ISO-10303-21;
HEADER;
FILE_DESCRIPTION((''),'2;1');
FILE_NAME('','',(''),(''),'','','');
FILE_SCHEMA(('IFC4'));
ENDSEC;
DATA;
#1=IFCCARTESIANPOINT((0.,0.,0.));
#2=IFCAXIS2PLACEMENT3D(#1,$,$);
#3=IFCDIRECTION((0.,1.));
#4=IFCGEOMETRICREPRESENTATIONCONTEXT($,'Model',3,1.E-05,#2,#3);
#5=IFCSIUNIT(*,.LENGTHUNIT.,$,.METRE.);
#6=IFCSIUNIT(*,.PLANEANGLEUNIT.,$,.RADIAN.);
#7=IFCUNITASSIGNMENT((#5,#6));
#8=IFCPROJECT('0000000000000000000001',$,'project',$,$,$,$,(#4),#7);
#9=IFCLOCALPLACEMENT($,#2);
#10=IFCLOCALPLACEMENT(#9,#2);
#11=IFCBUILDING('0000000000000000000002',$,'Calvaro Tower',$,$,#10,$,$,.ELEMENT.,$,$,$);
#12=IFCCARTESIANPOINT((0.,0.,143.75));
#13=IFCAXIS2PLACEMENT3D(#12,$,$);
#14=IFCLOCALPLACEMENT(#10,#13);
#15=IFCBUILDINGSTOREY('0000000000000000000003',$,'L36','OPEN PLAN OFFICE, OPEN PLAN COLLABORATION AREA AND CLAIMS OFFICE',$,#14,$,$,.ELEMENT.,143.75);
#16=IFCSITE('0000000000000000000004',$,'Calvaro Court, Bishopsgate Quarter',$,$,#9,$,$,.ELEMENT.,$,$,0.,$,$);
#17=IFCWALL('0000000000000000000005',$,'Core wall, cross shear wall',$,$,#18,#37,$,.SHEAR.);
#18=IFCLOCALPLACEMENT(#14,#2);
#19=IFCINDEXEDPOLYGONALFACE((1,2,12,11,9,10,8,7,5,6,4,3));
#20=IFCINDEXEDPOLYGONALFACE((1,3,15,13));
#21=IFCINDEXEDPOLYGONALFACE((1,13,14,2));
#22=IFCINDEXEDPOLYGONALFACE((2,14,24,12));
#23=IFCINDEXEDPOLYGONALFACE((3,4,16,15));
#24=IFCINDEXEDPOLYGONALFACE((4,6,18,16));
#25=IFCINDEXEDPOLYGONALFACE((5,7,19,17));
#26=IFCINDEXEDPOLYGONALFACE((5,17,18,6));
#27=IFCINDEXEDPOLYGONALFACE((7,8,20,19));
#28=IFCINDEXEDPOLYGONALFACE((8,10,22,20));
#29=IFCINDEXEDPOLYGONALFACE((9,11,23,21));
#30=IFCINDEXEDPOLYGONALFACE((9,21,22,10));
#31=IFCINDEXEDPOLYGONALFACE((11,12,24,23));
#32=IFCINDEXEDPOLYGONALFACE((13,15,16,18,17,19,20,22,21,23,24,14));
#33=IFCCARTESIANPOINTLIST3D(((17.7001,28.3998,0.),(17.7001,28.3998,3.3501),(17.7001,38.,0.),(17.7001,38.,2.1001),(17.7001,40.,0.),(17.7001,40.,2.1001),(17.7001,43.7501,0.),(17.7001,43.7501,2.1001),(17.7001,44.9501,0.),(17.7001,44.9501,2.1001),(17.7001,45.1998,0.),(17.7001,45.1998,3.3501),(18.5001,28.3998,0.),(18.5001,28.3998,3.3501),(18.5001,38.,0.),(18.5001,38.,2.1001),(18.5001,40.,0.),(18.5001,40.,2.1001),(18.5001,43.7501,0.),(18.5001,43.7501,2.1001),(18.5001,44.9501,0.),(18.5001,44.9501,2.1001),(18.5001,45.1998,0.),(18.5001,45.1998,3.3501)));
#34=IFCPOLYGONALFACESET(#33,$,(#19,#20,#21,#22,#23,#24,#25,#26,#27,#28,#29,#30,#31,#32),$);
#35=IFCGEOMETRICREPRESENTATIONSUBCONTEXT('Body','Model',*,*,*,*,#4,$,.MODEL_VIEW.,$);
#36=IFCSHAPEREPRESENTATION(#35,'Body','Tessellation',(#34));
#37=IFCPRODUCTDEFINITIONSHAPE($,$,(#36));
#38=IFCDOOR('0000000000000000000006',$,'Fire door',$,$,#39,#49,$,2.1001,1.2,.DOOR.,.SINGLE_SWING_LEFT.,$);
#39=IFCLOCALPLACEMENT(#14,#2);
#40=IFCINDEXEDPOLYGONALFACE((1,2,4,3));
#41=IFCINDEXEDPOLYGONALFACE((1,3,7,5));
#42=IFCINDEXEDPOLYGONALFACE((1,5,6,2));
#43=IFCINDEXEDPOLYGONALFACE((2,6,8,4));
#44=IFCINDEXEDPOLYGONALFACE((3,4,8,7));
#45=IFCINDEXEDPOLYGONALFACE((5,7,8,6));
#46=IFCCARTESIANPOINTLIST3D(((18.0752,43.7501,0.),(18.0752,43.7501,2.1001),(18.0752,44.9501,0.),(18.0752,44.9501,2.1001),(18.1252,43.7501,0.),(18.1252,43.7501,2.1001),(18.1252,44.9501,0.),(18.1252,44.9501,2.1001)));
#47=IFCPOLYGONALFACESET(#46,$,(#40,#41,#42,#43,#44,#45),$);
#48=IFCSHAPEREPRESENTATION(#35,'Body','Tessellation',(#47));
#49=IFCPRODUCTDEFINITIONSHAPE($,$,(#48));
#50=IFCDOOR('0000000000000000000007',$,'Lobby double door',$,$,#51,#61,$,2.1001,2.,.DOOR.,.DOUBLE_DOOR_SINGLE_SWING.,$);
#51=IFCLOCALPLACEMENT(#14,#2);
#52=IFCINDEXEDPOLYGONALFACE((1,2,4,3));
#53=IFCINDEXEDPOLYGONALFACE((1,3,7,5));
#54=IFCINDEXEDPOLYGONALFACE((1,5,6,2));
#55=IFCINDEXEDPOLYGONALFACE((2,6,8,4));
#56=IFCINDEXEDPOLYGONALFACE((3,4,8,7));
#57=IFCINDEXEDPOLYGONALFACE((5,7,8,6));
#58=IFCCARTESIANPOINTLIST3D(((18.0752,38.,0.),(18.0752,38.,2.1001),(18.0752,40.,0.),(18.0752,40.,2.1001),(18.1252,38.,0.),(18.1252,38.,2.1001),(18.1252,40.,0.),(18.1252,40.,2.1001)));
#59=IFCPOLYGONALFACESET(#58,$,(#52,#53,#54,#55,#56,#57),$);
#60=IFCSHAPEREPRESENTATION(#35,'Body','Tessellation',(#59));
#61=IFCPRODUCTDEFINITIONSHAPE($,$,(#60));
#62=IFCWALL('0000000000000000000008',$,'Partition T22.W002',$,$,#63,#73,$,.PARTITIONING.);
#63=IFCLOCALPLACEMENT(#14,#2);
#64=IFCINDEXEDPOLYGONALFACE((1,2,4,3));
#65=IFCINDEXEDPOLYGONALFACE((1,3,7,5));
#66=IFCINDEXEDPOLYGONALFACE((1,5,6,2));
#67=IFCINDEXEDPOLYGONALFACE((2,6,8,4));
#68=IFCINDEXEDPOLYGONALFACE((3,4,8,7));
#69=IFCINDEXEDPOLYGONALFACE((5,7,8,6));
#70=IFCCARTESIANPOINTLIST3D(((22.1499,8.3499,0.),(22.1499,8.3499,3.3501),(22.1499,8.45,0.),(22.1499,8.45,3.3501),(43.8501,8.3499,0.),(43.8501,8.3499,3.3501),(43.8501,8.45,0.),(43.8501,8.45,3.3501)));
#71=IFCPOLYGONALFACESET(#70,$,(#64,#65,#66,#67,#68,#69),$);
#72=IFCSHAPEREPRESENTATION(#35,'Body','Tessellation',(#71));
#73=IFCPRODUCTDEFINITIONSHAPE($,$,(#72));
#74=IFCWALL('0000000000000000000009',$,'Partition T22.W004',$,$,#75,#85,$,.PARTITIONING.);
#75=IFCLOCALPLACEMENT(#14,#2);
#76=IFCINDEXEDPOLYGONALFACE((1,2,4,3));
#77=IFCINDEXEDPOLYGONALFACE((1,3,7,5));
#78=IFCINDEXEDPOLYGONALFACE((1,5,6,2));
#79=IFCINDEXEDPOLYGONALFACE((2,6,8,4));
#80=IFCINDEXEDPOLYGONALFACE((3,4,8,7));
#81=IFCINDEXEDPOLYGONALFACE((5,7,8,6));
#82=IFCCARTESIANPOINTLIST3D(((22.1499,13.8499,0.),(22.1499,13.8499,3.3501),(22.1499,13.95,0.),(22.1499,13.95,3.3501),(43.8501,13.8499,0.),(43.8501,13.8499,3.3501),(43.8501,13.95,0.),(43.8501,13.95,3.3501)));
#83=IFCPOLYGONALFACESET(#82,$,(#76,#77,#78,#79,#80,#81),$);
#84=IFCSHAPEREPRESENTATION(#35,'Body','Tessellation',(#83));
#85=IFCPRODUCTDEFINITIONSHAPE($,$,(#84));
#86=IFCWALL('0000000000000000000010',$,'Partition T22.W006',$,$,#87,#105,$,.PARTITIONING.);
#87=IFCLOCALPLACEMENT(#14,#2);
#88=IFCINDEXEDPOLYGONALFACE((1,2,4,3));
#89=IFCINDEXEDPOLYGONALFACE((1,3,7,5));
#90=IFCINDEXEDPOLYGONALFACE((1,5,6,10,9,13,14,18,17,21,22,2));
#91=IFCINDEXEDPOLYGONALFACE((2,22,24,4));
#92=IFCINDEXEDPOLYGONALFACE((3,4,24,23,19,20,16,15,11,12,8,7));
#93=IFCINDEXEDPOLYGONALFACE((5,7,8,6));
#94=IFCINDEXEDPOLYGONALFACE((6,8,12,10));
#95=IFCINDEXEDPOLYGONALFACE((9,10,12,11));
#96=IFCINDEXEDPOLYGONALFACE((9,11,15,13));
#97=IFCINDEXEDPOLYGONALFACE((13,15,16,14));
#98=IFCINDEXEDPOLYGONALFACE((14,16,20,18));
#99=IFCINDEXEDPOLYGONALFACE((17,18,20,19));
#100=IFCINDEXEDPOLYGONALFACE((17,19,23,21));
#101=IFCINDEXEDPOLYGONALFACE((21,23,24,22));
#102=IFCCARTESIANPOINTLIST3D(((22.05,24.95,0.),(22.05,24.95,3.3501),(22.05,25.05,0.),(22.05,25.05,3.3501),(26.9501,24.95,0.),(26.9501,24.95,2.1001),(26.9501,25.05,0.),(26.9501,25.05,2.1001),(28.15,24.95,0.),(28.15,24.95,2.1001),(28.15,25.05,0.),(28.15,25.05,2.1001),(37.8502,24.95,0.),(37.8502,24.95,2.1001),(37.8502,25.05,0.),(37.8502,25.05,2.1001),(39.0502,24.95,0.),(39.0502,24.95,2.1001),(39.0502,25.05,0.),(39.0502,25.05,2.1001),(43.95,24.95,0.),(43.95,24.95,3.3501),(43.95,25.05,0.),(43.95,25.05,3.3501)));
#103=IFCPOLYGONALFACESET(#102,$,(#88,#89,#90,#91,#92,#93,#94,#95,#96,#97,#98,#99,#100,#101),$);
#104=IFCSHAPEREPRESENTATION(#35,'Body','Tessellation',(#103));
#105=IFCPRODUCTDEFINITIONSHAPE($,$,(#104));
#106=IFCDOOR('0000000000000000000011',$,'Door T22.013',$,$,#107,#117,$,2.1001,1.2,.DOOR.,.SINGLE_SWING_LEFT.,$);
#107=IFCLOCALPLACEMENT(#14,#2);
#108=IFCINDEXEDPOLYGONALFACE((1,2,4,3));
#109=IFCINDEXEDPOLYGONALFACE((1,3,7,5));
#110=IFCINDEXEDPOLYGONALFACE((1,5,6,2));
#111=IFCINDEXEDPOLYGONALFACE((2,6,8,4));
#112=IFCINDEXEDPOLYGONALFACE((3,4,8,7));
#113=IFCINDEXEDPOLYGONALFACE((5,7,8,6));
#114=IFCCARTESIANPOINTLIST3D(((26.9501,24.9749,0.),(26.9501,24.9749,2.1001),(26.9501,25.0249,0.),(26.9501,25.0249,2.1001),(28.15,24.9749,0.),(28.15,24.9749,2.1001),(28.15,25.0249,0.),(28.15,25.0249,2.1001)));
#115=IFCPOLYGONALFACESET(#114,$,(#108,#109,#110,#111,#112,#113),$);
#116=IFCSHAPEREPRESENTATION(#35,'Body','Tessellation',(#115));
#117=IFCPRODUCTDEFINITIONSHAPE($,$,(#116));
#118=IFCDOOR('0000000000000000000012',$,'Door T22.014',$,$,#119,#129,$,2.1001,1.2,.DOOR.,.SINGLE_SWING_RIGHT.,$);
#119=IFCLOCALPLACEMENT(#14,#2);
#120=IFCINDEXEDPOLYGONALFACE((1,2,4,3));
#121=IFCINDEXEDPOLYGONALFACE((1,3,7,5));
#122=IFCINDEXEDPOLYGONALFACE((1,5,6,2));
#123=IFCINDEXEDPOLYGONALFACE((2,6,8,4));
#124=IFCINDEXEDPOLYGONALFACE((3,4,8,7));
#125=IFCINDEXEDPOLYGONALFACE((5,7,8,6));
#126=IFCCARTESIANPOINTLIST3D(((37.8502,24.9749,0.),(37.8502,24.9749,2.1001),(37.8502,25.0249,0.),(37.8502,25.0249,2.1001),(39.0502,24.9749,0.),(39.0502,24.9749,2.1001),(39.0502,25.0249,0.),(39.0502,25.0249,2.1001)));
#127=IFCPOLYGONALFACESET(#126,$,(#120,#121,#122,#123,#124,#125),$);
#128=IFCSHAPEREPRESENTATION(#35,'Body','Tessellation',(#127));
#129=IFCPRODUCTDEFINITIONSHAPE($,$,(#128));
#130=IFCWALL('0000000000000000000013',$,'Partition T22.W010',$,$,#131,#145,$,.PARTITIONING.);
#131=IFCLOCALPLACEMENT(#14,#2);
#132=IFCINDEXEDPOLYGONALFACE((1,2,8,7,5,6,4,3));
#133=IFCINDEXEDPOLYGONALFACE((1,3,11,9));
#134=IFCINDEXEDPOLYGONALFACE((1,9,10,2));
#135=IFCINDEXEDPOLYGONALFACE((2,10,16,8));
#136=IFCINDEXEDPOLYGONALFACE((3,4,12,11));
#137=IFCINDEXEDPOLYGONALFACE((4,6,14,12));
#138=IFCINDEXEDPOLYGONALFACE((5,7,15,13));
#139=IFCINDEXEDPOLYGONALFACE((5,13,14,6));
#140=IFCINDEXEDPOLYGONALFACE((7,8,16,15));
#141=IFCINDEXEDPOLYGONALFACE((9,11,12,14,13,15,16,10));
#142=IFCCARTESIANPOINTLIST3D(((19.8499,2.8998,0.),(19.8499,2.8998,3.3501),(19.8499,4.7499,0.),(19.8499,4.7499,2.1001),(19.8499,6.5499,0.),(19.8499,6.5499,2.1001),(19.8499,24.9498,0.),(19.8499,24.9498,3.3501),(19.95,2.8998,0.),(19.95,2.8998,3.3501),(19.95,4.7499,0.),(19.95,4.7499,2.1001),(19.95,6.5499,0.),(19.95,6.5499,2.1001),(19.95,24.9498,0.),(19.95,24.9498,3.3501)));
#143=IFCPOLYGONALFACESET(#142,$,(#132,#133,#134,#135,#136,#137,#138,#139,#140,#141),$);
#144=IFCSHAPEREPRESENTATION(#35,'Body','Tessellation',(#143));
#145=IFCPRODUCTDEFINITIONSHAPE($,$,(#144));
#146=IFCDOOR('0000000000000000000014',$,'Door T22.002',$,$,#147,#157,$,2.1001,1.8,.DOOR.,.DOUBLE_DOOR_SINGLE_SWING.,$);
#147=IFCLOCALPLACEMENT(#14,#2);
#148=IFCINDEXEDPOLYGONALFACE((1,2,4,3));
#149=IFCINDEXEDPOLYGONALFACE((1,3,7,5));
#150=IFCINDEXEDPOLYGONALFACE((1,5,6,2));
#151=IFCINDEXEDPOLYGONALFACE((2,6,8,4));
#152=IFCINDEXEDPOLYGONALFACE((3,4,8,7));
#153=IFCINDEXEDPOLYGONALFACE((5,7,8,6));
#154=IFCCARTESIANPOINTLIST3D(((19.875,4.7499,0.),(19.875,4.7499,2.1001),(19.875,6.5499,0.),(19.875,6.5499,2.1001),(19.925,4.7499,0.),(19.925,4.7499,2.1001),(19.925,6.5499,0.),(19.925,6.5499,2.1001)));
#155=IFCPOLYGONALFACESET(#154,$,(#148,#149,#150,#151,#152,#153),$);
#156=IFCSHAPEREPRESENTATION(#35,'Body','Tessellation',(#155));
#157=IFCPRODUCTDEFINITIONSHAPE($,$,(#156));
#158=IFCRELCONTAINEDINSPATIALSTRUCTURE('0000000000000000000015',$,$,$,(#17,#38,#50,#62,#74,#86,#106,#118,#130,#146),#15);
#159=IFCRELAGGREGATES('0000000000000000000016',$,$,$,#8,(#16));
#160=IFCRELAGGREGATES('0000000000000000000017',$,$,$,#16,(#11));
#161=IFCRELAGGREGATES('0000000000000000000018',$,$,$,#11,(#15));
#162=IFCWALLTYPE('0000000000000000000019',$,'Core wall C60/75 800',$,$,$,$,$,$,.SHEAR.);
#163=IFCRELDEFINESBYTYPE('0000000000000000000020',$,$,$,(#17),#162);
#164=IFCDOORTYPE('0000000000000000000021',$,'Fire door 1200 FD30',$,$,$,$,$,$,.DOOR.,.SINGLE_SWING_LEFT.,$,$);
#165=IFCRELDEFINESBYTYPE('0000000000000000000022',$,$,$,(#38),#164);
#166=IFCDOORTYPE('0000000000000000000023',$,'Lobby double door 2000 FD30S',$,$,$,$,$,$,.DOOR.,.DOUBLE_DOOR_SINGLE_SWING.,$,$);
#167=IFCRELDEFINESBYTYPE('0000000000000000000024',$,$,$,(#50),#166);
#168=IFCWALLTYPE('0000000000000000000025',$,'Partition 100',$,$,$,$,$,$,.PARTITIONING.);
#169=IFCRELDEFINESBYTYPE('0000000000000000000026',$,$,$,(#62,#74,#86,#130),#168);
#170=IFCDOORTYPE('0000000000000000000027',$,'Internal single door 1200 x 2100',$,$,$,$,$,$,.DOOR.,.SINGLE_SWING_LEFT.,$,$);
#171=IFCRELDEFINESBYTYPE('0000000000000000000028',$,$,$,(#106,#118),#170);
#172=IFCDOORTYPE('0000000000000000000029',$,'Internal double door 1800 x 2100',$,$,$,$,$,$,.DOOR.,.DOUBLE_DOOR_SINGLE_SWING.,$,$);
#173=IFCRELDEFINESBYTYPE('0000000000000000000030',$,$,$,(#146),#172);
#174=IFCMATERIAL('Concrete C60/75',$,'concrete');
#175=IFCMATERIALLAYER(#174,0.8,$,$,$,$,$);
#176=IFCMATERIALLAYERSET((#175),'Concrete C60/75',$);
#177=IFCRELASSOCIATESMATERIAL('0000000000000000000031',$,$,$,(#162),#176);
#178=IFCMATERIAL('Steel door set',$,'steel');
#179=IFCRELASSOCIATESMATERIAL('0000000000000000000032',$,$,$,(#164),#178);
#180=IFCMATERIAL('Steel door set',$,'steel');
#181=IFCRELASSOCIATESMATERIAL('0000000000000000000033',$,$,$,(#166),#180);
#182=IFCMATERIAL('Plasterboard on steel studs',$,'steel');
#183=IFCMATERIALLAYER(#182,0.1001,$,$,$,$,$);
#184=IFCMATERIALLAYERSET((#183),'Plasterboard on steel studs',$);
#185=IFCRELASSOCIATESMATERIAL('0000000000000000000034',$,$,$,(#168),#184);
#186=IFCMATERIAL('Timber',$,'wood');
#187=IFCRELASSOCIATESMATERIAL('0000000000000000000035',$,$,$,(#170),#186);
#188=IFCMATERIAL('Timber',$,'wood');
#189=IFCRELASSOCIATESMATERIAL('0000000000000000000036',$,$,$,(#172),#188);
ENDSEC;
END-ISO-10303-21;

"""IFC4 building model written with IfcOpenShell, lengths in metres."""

from ifc_helpers import new_model, si_unit, direction, frame, frame_2d, origin, place, context, subcontext, project, spatial, rectangle, extrude, material, layer, layer_set, type_object, element, fill, save


model = new_model("IFC4")

# Units and contexts
model_context = context("Model", 3, precision=1e-05, world=origin(), true_north=direction((0.0, 1.0)))
body_context = subcontext(model_context, "Body", "Model", "MODEL_VIEW")
ifc_project = project(units=[si_unit("LENGTHUNIT", "METRE"), si_unit("PLANEANGLEUNIT", "RADIAN")], contexts=[model_context])

# Site, building, storey
site_placement = place(None, origin())
site = spatial("IfcSite", under=ifc_project, at=site_placement, Name="Calvaro Court, Bishopsgate Quarter", CompositionType="ELEMENT", RefElevation=0.0)
building_placement = place(site_placement, origin())
building = spatial("IfcBuilding", under=site, at=building_placement, Name="Calvaro Tower", CompositionType="ELEMENT")
storey_placement = place(building_placement, frame((0.0, 0.0, 143.75)))
storey = spatial("IfcBuildingStorey", under=building, at=storey_placement, Name="L36", Description="OPEN PLAN OFFICE, OPEN PLAN COLLABORATION AREA AND CLAIMS OFFICE", CompositionType="ELEMENT", Elevation=143.75)

# Wall, openings, doors
ifc_material_1 = material(Name="Concrete C60/75", Category="concrete")
ifc_layer_1 = layer(ifc_material_1, 0.8)
ifc_layer_set_1 = layer_set([ifc_layer_1], Name="Concrete C60/75")
wall_type_1 = type_object("IfcWallType", Name="Core wall C60/75 800", PredefinedType="SHEAR", material=ifc_layer_set_1)
wall_1_placement = place(storey_placement, frame((18.1001, 28.3999, 0.0), z_axis=(0.0, 0.0, 1.0), x_axis=(0.0, 1.0, 0.0)))
wall_1 = element("IfcWall", 1, at=wall_1_placement, inside=storey, type_object=wall_type_1, Name="Core wall, cross shear wall", PredefinedType="SHEAR", context=body_context, shape_type="SweptSolid", body=[
    extrude(rectangle(XDim=16.8, YDim=0.8, at=frame_2d((8.3999, 0.0))), origin(), (0.0, 0.0, 1.0), 3.3501),
])
opening_1_placement = place(wall_1_placement, frame((9.6001, 0.0, 0.0)))
opening_1 = element("IfcOpeningElement", 2, at=opening_1_placement, cuts=wall_1, PredefinedType="OPENING", context=body_context, shape_type="SweptSolid", body=[
    extrude(rectangle(XDim=2.0, YDim=2.1001, at=frame_2d((1.0, 1.05))), frame((0.0, 0.4099, 0.0), z_axis=(0.0, -1.0, 0.0), x_axis=(1.0, 0.0, 0.0)), (0.0, 0.0, 1.0), 0.8201),
])
opening_2_placement = place(wall_1_placement, frame((15.3501, 0.0, 0.0)))
opening_2 = element("IfcOpeningElement", 3, at=opening_2_placement, cuts=wall_1, PredefinedType="OPENING", context=body_context, shape_type="SweptSolid", body=[
    extrude(rectangle(XDim=1.2, YDim=2.1001, at=frame_2d((0.6001, 1.05))), frame((0.0, 0.4099, 0.0), z_axis=(0.0, -1.0, 0.0), x_axis=(1.0, 0.0, 0.0)), (0.0, 0.0, 1.0), 0.8201),
])
ifc_material_2 = material(Name="Steel door set", Category="steel")
door_type_1 = type_object("IfcDoorType", Name="Fire door 1200 FD30", OperationType="SINGLE_SWING_LEFT", PredefinedType="DOOR", material=ifc_material_2)
door_1_placement = place(opening_2_placement, origin())
door_1 = element("IfcDoor", 4, at=door_1_placement, inside=storey, type_object=door_type_1, Name="Fire door", OperationType="SINGLE_SWING_LEFT", OverallHeight=2.1001, OverallWidth=1.2, PredefinedType="DOOR", context=body_context, shape_type="SweptSolid", body=[
    extrude(rectangle(XDim=1.2, YDim=2.1001, at=frame_2d((0.6001, 1.05))), frame((0.0, 0.0249, 0.0), z_axis=(0.0, -1.0, 0.0), x_axis=(1.0, 0.0, 0.0)), (0.0, 0.0, 1.0), 0.05),
])
fill(opening_2, door_1)
ifc_material_3 = material(Name="Steel door set", Category="steel")
door_type_2 = type_object("IfcDoorType", Name="Lobby double door 2000 FD30S", OperationType="DOUBLE_DOOR_SINGLE_SWING", PredefinedType="DOOR", material=ifc_material_3)
door_2_placement = place(opening_1_placement, origin())
door_2 = element("IfcDoor", 5, at=door_2_placement, inside=storey, type_object=door_type_2, Name="Lobby double door", OperationType="DOUBLE_DOOR_SINGLE_SWING", OverallHeight=2.1001, OverallWidth=2.0, PredefinedType="DOOR", context=body_context, shape_type="SweptSolid", body=[
    extrude(rectangle(XDim=2.0, YDim=2.1001, at=frame_2d((1.0, 1.05))), frame((0.0, 0.0249, 0.0), z_axis=(0.0, -1.0, 0.0), x_axis=(1.0, 0.0, 0.0)), (0.0, 0.0, 1.0), 0.05),
])
fill(opening_1, door_2)

# Walls
ifc_material_4 = material(Name="Plasterboard on steel studs", Category="steel")
ifc_layer_2 = layer(ifc_material_4, 0.1001)
ifc_layer_set_2 = layer_set([ifc_layer_2], Name="Plasterboard on steel studs")
wall_type_2 = type_object("IfcWallType", Name="Partition 100", PredefinedType="PARTITIONING", material=ifc_layer_set_2)
for number, where, z_axis, x_axis, name in (
    (6, (22.1499, 8.3999, 0.0), (0.0, 0.0, 1.0), (1.0, 0.0, 0.0), "Partition T22.W002"),
    (7, (22.1499, 13.8999, 0.0), (0.0, 0.0, 1.0), (1.0, 0.0, 0.0), "Partition T22.W004"),
):
    element("IfcWall", number, at=place(storey_placement, frame(where, z_axis=z_axis, x_axis=x_axis)), inside=storey, type_object=wall_type_2, Name=name, PredefinedType="PARTITIONING", context=body_context, shape_type="SweptSolid", body=[
        extrude(rectangle(XDim=21.7002, YDim=0.1001, at=frame_2d((10.8501, 0.0))), origin(), (0.0, 0.0, 1.0), 3.3501),
    ])

# Wall, openings, doors
wall_2_placement = place(storey_placement, frame((22.05, 25.0, 0.0), z_axis=(0.0, 0.0, 1.0), x_axis=(1.0, 0.0, 0.0)))
wall_2 = element("IfcWall", 8, at=wall_2_placement, inside=storey, type_object=wall_type_2, Name="Partition T22.W006", PredefinedType="PARTITIONING", context=body_context, shape_type="SweptSolid", body=[
    extrude(rectangle(XDim=21.8999, YDim=0.1001, at=frame_2d((10.95, 0.0))), origin(), (0.0, 0.0, 1.0), 3.3501),
])
opening_3_placement = place(wall_2_placement, frame((4.8999, 0.0, 0.0)))
opening_3 = element("IfcOpeningElement", 9, at=opening_3_placement, cuts=wall_2, PredefinedType="OPENING", context=body_context, shape_type="SweptSolid", body=[
    extrude(rectangle(XDim=1.2, YDim=2.1001, at=frame_2d((0.6001, 1.05))), frame((0.0, 0.0601, 0.0), z_axis=(0.0, -1.0, 0.0), x_axis=(1.0, 0.0, 0.0)), (0.0, 0.0, 1.0), 0.1201),
])
opening_4_placement = place(wall_2_placement, frame((15.8, 0.0, 0.0)))
opening_4 = element("IfcOpeningElement", 10, at=opening_4_placement, cuts=wall_2, PredefinedType="OPENING", context=body_context, shape_type="SweptSolid", body=[
    extrude(rectangle(XDim=1.2, YDim=2.1001, at=frame_2d((0.6001, 1.05))), frame((0.0, 0.0601, 0.0), z_axis=(0.0, -1.0, 0.0), x_axis=(1.0, 0.0, 0.0)), (0.0, 0.0, 1.0), 0.1201),
])
ifc_material_5 = material(Name="Timber", Category="wood")
door_type_3 = type_object("IfcDoorType", Name="Internal single door 1200 x 2100", OperationType="SINGLE_SWING_LEFT", PredefinedType="DOOR", material=ifc_material_5)
door_3_placement = place(opening_3_placement, origin())
door_3 = element("IfcDoor", 11, at=door_3_placement, inside=storey, type_object=door_type_3, Name="Door T22.013", OperationType="SINGLE_SWING_LEFT", OverallHeight=2.1001, OverallWidth=1.2, PredefinedType="DOOR", context=body_context, shape_type="SweptSolid", body=[
    extrude(rectangle(XDim=1.2, YDim=2.1001, at=frame_2d((0.6001, 1.05))), frame((0.0, 0.0249, 0.0), z_axis=(0.0, -1.0, 0.0), x_axis=(1.0, 0.0, 0.0)), (0.0, 0.0, 1.0), 0.05),
])
fill(opening_3, door_3)
door_4_placement = place(opening_4_placement, origin())
door_4 = element("IfcDoor", 12, at=door_4_placement, inside=storey, type_object=door_type_3, Name="Door T22.014", OperationType="SINGLE_SWING_RIGHT", OverallHeight=2.1001, OverallWidth=1.2, PredefinedType="DOOR", context=body_context, shape_type="SweptSolid", body=[
    extrude(rectangle(XDim=1.2, YDim=2.1001, at=frame_2d((0.6001, 1.05))), frame((0.0, 0.0249, 0.0), z_axis=(0.0, -1.0, 0.0), x_axis=(1.0, 0.0, 0.0)), (0.0, 0.0, 1.0), 0.05),
])
fill(opening_4, door_4)

# Wall, opening, door
wall_3_placement = place(storey_placement, frame((19.8999, 2.8999, 0.0), z_axis=(0.0, 0.0, 1.0), x_axis=(0.0, 1.0, 0.0)))
wall_3 = element("IfcWall", 13, at=wall_3_placement, inside=storey, type_object=wall_type_2, Name="Partition T22.W010", PredefinedType="PARTITIONING", context=body_context, shape_type="SweptSolid", body=[
    extrude(rectangle(XDim=22.05, YDim=0.1001, at=frame_2d((11.0249, 0.0))), origin(), (0.0, 0.0, 1.0), 3.3501),
])
opening_5_placement = place(wall_3_placement, frame((1.8501, 0.0, 0.0)))
opening_5 = element("IfcOpeningElement", 14, at=opening_5_placement, cuts=wall_3, PredefinedType="OPENING", context=body_context, shape_type="SweptSolid", body=[
    extrude(rectangle(XDim=1.8, YDim=2.1001, at=frame_2d((0.8999, 1.05))), frame((0.0, 0.0601, 0.0), z_axis=(0.0, -1.0, 0.0), x_axis=(1.0, 0.0, 0.0)), (0.0, 0.0, 1.0), 0.1201),
])
ifc_material_6 = material(Name="Timber", Category="wood")
door_type_4 = type_object("IfcDoorType", Name="Internal double door 1800 x 2100", OperationType="DOUBLE_DOOR_SINGLE_SWING", PredefinedType="DOOR", material=ifc_material_6)
door_5_placement = place(opening_5_placement, origin())
door_5 = element("IfcDoor", 15, at=door_5_placement, inside=storey, type_object=door_type_4, Name="Door T22.002", OperationType="DOUBLE_DOOR_SINGLE_SWING", OverallHeight=2.1001, OverallWidth=1.8, PredefinedType="DOOR", context=body_context, shape_type="SweptSolid", body=[
    extrude(rectangle(XDim=1.8, YDim=2.1001, at=frame_2d((0.8999, 1.05))), frame((0.0, 0.0249, 0.0), z_axis=(0.0, -1.0, 0.0), x_axis=(1.0, 0.0, 0.0)), (0.0, 0.0, 1.0), 0.05),
])
fill(opening_5, door_5)

save(model, "model.ifc")
